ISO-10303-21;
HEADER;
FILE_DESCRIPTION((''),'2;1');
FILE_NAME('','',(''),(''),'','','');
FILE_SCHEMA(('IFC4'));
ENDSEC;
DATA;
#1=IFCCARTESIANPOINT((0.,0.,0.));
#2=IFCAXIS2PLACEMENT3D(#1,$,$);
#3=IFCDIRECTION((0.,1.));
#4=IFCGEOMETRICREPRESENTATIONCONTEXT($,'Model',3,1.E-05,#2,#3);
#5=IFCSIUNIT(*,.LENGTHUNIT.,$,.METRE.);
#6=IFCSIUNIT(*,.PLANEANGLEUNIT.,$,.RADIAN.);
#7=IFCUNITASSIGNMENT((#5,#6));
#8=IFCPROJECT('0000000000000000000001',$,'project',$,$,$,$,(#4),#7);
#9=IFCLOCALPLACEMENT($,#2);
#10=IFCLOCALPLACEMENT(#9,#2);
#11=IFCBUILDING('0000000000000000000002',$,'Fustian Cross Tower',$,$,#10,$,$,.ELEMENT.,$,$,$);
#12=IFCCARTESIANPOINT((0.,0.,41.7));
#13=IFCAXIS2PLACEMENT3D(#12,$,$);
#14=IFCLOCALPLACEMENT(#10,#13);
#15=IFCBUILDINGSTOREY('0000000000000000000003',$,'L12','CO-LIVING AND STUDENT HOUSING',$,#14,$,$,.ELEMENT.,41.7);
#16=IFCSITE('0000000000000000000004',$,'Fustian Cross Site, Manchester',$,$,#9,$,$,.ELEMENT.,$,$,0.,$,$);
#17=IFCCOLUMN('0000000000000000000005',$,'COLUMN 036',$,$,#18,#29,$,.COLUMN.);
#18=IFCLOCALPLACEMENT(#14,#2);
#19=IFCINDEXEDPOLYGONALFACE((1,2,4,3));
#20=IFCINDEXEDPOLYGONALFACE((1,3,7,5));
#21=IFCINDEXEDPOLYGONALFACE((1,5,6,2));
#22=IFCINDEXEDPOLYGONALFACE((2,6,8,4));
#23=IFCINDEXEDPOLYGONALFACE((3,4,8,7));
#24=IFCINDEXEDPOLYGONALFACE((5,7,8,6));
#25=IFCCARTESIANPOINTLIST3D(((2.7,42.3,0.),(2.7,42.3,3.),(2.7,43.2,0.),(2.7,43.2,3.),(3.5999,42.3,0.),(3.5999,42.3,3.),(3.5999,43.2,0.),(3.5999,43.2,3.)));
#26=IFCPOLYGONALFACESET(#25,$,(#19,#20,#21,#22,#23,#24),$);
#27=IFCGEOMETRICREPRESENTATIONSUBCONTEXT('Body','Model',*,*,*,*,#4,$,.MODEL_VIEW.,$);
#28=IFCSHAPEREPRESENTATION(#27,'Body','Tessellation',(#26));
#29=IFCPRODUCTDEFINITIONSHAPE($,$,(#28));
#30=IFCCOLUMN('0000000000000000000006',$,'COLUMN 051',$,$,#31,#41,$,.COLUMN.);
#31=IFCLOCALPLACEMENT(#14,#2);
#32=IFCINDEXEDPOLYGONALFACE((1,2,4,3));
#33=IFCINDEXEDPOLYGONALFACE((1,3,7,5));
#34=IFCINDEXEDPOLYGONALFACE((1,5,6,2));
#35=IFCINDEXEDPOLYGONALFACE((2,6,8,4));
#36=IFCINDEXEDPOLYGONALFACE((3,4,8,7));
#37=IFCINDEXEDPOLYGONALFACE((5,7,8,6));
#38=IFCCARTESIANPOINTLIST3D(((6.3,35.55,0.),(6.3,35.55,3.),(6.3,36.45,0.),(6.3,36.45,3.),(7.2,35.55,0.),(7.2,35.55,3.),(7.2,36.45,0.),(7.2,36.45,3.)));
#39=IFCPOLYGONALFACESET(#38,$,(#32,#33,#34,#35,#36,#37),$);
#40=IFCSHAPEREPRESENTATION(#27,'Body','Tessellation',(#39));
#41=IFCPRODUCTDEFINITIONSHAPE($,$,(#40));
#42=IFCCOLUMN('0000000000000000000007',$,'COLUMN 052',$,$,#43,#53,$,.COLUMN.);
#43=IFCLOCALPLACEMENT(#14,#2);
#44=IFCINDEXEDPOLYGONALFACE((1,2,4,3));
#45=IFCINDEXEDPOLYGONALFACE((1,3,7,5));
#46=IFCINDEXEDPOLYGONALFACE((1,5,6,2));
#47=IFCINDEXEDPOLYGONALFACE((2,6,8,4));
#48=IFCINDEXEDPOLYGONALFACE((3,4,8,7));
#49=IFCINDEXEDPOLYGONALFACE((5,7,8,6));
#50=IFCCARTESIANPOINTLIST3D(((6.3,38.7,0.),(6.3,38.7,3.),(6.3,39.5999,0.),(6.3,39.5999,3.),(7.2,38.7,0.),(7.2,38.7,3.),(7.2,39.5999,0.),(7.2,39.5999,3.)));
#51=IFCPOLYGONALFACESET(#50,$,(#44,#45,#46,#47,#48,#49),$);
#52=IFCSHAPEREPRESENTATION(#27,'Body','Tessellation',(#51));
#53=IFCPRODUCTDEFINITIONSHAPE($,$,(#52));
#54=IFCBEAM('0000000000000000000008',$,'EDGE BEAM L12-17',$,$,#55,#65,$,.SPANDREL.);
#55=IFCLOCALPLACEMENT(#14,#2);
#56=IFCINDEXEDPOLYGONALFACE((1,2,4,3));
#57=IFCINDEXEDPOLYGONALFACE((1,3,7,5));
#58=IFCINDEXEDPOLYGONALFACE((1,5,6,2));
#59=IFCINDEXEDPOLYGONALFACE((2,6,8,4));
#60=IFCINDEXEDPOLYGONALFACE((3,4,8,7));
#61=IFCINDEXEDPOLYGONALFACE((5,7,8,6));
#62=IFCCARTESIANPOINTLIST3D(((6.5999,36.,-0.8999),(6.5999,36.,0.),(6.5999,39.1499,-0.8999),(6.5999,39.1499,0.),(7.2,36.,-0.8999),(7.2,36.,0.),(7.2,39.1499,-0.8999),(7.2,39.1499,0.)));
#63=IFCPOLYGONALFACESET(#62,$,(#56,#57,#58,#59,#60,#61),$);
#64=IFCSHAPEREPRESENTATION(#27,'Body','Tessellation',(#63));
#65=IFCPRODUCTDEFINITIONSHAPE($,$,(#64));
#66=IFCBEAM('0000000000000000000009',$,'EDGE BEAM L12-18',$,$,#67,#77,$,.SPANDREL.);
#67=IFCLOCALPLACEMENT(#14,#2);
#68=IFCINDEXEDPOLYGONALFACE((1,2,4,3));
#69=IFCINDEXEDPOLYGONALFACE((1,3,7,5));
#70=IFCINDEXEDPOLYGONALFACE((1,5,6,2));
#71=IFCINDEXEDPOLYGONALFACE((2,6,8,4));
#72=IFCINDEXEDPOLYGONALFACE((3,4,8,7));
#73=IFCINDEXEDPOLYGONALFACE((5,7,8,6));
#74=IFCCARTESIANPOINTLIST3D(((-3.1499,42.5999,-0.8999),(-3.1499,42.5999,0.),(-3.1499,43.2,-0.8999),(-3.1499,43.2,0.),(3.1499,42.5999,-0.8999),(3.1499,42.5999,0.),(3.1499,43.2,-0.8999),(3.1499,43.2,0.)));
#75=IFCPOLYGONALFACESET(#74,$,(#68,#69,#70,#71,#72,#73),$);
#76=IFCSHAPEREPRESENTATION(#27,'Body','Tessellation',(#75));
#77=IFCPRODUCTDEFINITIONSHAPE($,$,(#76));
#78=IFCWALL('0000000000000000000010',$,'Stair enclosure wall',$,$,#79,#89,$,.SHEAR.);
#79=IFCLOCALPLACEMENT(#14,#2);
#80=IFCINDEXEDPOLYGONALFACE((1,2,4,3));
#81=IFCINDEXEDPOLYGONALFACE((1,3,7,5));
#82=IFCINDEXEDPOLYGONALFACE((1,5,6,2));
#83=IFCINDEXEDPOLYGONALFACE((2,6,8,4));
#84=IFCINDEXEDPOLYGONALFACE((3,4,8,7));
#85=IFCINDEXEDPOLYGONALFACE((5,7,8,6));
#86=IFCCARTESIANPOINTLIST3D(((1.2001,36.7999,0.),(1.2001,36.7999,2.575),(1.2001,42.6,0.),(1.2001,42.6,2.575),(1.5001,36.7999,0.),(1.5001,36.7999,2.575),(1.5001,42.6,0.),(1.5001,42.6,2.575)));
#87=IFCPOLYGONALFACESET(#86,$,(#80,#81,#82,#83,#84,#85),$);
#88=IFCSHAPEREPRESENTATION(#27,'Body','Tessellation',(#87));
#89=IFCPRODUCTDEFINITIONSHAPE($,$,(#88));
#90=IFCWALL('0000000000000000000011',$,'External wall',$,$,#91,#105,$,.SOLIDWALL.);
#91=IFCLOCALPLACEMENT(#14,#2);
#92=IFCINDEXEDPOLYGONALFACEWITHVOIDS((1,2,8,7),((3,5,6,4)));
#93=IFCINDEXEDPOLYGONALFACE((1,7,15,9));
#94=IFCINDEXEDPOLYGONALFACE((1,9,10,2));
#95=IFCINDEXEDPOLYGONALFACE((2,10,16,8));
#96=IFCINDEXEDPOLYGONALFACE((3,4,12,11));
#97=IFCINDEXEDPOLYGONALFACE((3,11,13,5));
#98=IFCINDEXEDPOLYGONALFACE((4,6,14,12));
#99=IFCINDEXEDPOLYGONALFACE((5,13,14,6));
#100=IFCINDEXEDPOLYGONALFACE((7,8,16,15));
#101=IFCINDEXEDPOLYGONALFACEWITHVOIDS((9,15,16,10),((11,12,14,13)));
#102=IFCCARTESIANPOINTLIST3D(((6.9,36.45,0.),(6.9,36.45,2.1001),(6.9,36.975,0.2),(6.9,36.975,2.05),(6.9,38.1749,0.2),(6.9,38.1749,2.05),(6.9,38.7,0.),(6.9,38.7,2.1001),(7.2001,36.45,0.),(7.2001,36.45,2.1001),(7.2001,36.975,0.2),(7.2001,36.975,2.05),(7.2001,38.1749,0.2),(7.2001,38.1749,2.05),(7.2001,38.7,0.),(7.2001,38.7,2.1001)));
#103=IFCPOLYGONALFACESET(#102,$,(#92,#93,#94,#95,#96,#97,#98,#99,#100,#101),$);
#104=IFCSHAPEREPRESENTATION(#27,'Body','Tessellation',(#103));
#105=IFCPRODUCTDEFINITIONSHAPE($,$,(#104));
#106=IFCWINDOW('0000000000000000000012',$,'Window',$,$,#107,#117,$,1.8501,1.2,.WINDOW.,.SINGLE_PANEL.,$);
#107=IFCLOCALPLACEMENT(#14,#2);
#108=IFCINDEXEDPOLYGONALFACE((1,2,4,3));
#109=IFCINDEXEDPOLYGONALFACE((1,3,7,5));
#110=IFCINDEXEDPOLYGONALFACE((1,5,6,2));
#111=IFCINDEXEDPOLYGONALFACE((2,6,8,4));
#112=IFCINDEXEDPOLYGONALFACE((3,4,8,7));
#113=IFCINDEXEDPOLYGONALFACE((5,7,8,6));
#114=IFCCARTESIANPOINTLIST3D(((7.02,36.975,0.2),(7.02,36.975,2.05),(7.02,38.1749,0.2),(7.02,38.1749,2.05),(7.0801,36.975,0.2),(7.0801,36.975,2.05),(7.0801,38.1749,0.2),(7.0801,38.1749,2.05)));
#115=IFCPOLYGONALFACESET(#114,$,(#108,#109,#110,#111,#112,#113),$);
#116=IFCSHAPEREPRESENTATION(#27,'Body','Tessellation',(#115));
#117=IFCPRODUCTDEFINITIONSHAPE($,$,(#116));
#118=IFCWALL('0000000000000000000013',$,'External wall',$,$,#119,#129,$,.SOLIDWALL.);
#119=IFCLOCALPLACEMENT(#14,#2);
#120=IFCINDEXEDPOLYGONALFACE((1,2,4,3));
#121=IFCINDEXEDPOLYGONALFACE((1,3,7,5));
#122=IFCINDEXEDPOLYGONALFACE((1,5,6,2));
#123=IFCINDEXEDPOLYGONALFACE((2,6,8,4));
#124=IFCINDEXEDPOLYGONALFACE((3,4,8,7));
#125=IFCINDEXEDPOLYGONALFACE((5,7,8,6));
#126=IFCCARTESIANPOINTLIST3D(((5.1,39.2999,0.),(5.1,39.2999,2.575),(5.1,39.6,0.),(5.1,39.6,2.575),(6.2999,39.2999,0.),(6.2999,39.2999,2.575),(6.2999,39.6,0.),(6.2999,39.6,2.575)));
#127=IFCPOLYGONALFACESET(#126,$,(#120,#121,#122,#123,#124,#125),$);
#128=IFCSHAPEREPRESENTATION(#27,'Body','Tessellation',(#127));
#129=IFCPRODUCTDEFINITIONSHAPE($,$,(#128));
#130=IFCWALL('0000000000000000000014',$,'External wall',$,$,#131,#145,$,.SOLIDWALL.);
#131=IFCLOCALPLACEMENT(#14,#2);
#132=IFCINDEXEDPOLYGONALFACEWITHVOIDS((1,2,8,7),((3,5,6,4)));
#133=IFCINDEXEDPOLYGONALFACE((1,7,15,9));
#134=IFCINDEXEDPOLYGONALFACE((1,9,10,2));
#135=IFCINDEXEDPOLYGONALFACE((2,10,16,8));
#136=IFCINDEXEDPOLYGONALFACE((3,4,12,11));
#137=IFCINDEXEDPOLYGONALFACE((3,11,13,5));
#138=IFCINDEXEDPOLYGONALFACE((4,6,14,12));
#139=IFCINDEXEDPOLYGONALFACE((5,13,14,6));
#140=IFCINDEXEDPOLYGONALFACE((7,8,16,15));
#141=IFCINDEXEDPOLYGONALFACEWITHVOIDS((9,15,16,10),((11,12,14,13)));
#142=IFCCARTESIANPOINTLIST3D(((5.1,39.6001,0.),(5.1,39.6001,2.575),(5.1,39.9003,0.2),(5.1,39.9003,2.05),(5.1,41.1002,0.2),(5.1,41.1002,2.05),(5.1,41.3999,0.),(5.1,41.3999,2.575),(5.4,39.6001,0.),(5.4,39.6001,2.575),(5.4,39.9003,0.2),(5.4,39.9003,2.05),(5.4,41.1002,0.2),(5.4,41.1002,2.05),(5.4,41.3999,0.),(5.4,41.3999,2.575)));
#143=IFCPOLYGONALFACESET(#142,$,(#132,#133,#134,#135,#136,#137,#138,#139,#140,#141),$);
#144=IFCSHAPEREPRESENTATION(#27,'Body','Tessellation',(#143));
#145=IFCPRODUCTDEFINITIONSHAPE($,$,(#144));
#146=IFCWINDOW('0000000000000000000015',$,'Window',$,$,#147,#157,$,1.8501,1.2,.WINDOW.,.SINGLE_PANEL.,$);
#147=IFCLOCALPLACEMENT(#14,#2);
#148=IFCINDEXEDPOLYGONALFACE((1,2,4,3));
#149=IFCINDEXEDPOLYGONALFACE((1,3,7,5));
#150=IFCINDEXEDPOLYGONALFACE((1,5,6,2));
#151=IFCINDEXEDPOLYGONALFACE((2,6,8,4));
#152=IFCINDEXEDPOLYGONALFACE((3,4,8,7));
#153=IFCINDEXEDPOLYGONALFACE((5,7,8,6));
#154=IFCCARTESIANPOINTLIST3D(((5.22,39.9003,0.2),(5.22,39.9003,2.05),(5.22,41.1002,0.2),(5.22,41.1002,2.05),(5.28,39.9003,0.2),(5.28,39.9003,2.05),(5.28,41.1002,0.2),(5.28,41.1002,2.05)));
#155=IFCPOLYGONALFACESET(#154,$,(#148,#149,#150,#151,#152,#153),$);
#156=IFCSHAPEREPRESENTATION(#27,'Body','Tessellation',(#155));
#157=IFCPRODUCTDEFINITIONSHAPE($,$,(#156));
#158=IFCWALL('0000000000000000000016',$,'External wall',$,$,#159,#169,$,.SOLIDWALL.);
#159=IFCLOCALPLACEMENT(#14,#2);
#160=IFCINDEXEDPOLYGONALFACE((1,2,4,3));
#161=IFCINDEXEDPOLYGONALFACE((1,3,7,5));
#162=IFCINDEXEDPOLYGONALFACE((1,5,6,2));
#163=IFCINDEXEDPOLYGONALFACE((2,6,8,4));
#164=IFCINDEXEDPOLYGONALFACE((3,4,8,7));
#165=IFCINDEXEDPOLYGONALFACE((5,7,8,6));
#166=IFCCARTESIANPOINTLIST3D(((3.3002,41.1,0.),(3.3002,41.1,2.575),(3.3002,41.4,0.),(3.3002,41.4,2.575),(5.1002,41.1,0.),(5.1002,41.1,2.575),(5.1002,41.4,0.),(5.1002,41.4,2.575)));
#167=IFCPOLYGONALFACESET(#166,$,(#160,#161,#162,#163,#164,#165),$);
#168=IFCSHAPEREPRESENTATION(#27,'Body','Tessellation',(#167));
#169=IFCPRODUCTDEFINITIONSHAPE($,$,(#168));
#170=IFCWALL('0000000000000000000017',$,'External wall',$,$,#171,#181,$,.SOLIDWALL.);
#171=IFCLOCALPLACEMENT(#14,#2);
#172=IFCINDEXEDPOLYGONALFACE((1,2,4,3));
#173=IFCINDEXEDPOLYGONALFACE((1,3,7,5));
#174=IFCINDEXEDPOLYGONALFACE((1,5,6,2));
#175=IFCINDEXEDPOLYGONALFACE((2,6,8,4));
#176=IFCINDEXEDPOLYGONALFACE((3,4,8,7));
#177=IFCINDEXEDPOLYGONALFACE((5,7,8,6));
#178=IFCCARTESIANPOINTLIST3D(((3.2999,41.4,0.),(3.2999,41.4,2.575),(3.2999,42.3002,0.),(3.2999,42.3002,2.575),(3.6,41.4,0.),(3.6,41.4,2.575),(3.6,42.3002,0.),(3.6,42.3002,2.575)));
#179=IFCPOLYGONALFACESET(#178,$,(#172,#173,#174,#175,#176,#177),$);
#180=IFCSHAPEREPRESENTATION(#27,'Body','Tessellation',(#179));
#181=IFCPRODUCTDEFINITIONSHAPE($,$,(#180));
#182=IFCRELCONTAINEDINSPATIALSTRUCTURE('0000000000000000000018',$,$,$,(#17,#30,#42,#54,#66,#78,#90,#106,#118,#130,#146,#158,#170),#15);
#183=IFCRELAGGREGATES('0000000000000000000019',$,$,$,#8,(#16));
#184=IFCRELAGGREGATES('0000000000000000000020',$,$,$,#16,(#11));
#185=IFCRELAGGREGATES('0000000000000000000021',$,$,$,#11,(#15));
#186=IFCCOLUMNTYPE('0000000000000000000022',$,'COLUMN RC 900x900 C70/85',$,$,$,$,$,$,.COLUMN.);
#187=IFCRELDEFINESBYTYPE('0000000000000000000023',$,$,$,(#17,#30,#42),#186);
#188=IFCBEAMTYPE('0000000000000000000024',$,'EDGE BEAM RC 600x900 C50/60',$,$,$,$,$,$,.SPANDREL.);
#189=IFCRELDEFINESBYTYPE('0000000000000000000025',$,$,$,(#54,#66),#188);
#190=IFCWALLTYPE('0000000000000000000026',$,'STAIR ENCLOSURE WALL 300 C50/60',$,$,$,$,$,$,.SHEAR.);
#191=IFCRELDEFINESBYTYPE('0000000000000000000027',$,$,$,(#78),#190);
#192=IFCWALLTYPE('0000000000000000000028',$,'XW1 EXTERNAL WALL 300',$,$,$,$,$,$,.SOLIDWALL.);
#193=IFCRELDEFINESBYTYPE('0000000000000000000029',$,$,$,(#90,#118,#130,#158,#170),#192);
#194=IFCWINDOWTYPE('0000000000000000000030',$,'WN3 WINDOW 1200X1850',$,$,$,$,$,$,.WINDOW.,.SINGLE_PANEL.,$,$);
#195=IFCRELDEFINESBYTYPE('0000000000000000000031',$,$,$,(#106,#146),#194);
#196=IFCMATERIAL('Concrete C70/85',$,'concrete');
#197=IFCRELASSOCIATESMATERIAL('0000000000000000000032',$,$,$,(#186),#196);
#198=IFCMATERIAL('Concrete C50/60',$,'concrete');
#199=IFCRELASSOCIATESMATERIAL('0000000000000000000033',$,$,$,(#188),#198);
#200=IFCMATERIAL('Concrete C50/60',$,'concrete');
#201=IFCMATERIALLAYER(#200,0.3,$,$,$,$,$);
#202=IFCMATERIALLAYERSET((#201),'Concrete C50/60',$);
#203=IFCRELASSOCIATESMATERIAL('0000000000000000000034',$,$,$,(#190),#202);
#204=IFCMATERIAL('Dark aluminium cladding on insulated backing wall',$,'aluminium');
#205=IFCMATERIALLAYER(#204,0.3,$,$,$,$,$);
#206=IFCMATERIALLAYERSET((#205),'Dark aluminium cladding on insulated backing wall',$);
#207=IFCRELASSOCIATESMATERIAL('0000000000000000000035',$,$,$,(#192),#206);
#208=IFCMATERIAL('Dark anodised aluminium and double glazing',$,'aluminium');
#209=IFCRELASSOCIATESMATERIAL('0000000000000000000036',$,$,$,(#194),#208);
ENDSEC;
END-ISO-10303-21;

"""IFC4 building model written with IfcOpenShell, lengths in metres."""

from ifc_helpers import new_model, si_unit, direction, frame, frame_2d, origin, origin_2d, place, context, subcontext, project, spatial, rectangle, extrude, material, layer, layer_set, material_profile, profile_set, type_object, element, fill, save


model = new_model("IFC4")

# Units and contexts
model_context = context("Model", 3, precision=1e-05, world=origin(), true_north=direction((0.0, 1.0)))
body_context = subcontext(model_context, "Body", "Model", "MODEL_VIEW")
ifc_project = project(units=[si_unit("LENGTHUNIT", "METRE"), si_unit("PLANEANGLEUNIT", "RADIAN")], contexts=[model_context])

# Site, building, storey
site_placement = place(None, origin())
site = spatial("IfcSite", under=ifc_project, at=site_placement, Name="Fustian Cross Site, Manchester", CompositionType="ELEMENT", RefElevation=0.0)
building_placement = place(site_placement, origin())
building = spatial("IfcBuilding", under=site, at=building_placement, Name="Fustian Cross Tower", CompositionType="ELEMENT")
storey_placement = place(building_placement, frame((0.0, 0.0, 41.7)))
storey = spatial("IfcBuildingStorey", under=building, at=storey_placement, Name="L12", Description="CO-LIVING AND STUDENT HOUSING", CompositionType="ELEMENT", Elevation=41.7)

# Columns
ifc_material_1 = material(Name="Concrete C70/85", Category="concrete")
ifc_material_profile_1 = material_profile(ifc_material_1, rectangle(XDim=0.8999, YDim=0.8999, at=origin_2d()), Name="RC 900x900")
ifc_profile_set_1 = profile_set([ifc_material_profile_1], Name="Concrete C70/85")
column_type = type_object("IfcColumnType", Name="COLUMN RC 900x900 C70/85", PredefinedType="COLUMN", material=ifc_profile_set_1)
for number, where, z_axis, x_axis, name in (
    (1, (3.1499, 42.75, 0.0), (0.0, 0.0, 1.0), (1.0, 0.0, 0.0), "COLUMN 036"),
    (2, (6.75, 36.0, 0.0), (0.0, 0.0, 1.0), (1.0, 0.0, 0.0), "COLUMN 051"),
    (3, (6.75, 39.1499, 0.0), (0.0, 0.0, 1.0), (1.0, 0.0, 0.0), "COLUMN 052"),
):
    element("IfcColumn", number, at=place(storey_placement, frame(where, z_axis=z_axis, x_axis=x_axis)), inside=storey, type_object=column_type, Name=name, PredefinedType="COLUMN", context=body_context, shape_type="SweptSolid", body=[
        extrude(rectangle(XDim=0.8999, YDim=0.8999, at=origin_2d()), origin(), (0.0, 0.0, 1.0), 3.0),
    ])

# Beams
ifc_material_2 = material(Name="Concrete C50/60", Category="concrete")
ifc_material_profile_2 = material_profile(ifc_material_2, rectangle(XDim=0.6001, YDim=0.8999, at=origin_2d()), Name="RC 600x900")
ifc_profile_set_2 = profile_set([ifc_material_profile_2], Name="Concrete C50/60")
beam_type = type_object("IfcBeamType", Name="EDGE BEAM RC 600x900 C50/60", PredefinedType="SPANDREL", material=ifc_profile_set_2)
beam_1_placement = place(storey_placement, frame((6.8999, 36.0, -0.45), z_axis=(0.0, 1.0, 0.0), x_axis=(-1.0, 0.0, 0.0)))
element("IfcBeam", 4, at=beam_1_placement, inside=storey, type_object=beam_type, Name="EDGE BEAM L12-17", PredefinedType="SPANDREL", context=body_context, shape_type="SweptSolid", body=[
    extrude(rectangle(XDim=0.6001, YDim=0.8999, at=origin_2d()), origin(), (0.0, 0.0, 1.0), 3.1499),
])
beam_2_placement = place(storey_placement, frame((3.1499, 42.8999, -0.45), z_axis=(-1.0, 0.0, 0.0), x_axis=(0.0, -1.0, 0.0)))
element("IfcBeam", 5, at=beam_2_placement, inside=storey, type_object=beam_type, Name="EDGE BEAM L12-18", PredefinedType="SPANDREL", context=body_context, shape_type="SweptSolid", body=[
    extrude(rectangle(XDim=0.6001, YDim=0.8999, at=origin_2d()), origin(), (0.0, 0.0, 1.0), 6.2998),
])

# Wall
ifc_material_3 = material(Name="Concrete C50/60", Category="concrete")
ifc_layer_1 = layer(ifc_material_3, 0.3)
ifc_layer_set_1 = layer_set([ifc_layer_1], Name="Concrete C50/60")
wall_type_1 = type_object("IfcWallType", Name="STAIR ENCLOSURE WALL 300 C50/60", PredefinedType="SHEAR", material=ifc_layer_set_1)
wall_1_placement = place(storey_placement, frame((1.3501, 36.8, 0.0), z_axis=(0.0, 0.0, 1.0), x_axis=(0.0, 1.0, 0.0)))
element("IfcWall", 6, at=wall_1_placement, inside=storey, type_object=wall_type_1, Name="Stair enclosure wall", PredefinedType="SHEAR", context=body_context, shape_type="SweptSolid", body=[
    extrude(rectangle(XDim=5.8, YDim=0.3, at=frame_2d((2.8999, 0.0))), origin(), (0.0, 0.0, 1.0), 2.575),
])

# Wall, opening, window
ifc_material_4 = material(Name="Dark aluminium cladding on insulated backing wall", Category="aluminium")
ifc_layer_2 = layer(ifc_material_4, 0.3)
ifc_layer_set_2 = layer_set([ifc_layer_2], Name="Dark aluminium cladding on insulated backing wall")
wall_type_2 = type_object("IfcWallType", Name="XW1 EXTERNAL WALL 300", PredefinedType="SOLIDWALL", material=ifc_layer_set_2)
wall_2_placement = place(storey_placement, frame((7.05, 36.45, 0.0), z_axis=(0.0, 0.0, 1.0), x_axis=(0.0, 1.0, 0.0)))
wall_2 = element("IfcWall", 7, at=wall_2_placement, inside=storey, type_object=wall_type_2, Name="External wall", PredefinedType="SOLIDWALL", context=body_context, shape_type="SweptSolid", body=[
    extrude(rectangle(XDim=2.25, YDim=0.3, at=frame_2d((1.125, 0.0))), origin(), (0.0, 0.0, 1.0), 2.1001),
])
opening_1_placement = place(wall_2_placement, frame((0.5249, 0.0, 0.2)))
opening_1 = element("IfcOpeningElement", 8, at=opening_1_placement, cuts=wall_2, PredefinedType="OPENING", context=body_context, shape_type="SweptSolid", body=[
    extrude(rectangle(XDim=1.2, YDim=1.8501, at=frame_2d((0.6001, 0.925))), frame((0.0, 0.1599, 0.0), z_axis=(0.0, -1.0, 0.0), x_axis=(1.0, 0.0, 0.0)), (0.0, 0.0, 1.0), 0.3201),
])
ifc_material_5 = material(Name="Dark anodised aluminium and double glazing", Category="aluminium")
window_type_1 = type_object("IfcWindowType", Name="WN3 WINDOW 1200X1850", PartitioningType="SINGLE_PANEL", PredefinedType="WINDOW", material=ifc_material_5)
window_1_placement = place(opening_1_placement, origin())
window_1 = element("IfcWindow", 9, at=window_1_placement, inside=storey, type_object=window_type_1, Name="Window", OverallHeight=1.8501, OverallWidth=1.2, PartitioningType="SINGLE_PANEL", PredefinedType="WINDOW", context=body_context, shape_type="SweptSolid", body=[
    extrude(rectangle(XDim=1.2, YDim=1.8501, at=frame_2d((0.6001, 0.925))), frame((0.0, 0.03, 0.0), z_axis=(0.0, -1.0, 0.0), x_axis=(1.0, 0.0, 0.0)), (0.0, 0.0, 1.0), 0.0601),
])
fill(opening_1, window_1)

# Wall
wall_3_placement = place(storey_placement, frame((6.3, 39.45, 0.0), z_axis=(0.0, 0.0, 1.0), x_axis=(-1.0, 0.0, 0.0)))
element("IfcWall", 10, at=wall_3_placement, inside=storey, type_object=wall_type_2, Name="External wall", PredefinedType="SOLIDWALL", context=body_context, shape_type="SweptSolid", body=[
    extrude(rectangle(XDim=1.2, YDim=0.3, at=frame_2d((0.6001, 0.0))), origin(), (0.0, 0.0, 1.0), 2.575),
])

# Wall, opening, window
wall_4_placement = place(storey_placement, frame((5.25, 39.6001, 0.0), z_axis=(0.0, 0.0, 1.0), x_axis=(0.0, 1.0, 0.0)))
wall_4 = element("IfcWall", 11, at=wall_4_placement, inside=storey, type_object=wall_type_2, Name="External wall", PredefinedType="SOLIDWALL", context=body_context, shape_type="SweptSolid", body=[
    extrude(rectangle(XDim=1.7998, YDim=0.3, at=frame_2d((0.8999, 0.0))), origin(), (0.0, 0.0, 1.0), 2.575),
])
opening_2_placement = place(wall_4_placement, frame((0.3, 0.0, 0.2)))
opening_2 = element("IfcOpeningElement", 12, at=opening_2_placement, cuts=wall_4, PredefinedType="OPENING", context=body_context, shape_type="SweptSolid", body=[
    extrude(rectangle(XDim=1.2, YDim=1.8501, at=frame_2d((0.6001, 0.925))), frame((0.0, 0.1599, 0.0), z_axis=(0.0, -1.0, 0.0), x_axis=(1.0, 0.0, 0.0)), (0.0, 0.0, 1.0), 0.3201),
])
window_2_placement = place(opening_2_placement, origin())
window_2 = element("IfcWindow", 13, at=window_2_placement, inside=storey, type_object=window_type_1, Name="Window", OverallHeight=1.8501, OverallWidth=1.2, PartitioningType="SINGLE_PANEL", PredefinedType="WINDOW", context=body_context, shape_type="SweptSolid", body=[
    extrude(rectangle(XDim=1.2, YDim=1.8501, at=frame_2d((0.6001, 0.925))), frame((0.0, 0.03, 0.0), z_axis=(0.0, -1.0, 0.0), x_axis=(1.0, 0.0, 0.0)), (0.0, 0.0, 1.0), 0.0601),
])
fill(opening_2, window_2)

# Walls
wall_5_placement = place(storey_placement, frame((5.1001, 41.25, 0.0), z_axis=(0.0, 0.0, 1.0), x_axis=(-1.0, 0.0, 0.0)))
element("IfcWall", 14, at=wall_5_placement, inside=storey, type_object=wall_type_2, Name="External wall", PredefinedType="SOLIDWALL", context=body_context, shape_type="SweptSolid", body=[
    extrude(rectangle(XDim=1.8, YDim=0.3, at=frame_2d((0.8999, 0.0))), origin(), (0.0, 0.0, 1.0), 2.575),
])
wall_6_placement = place(storey_placement, frame((3.45, 41.3999, 0.0), z_axis=(0.0, 0.0, 1.0), x_axis=(0.0, 1.0, 0.0)))
element("IfcWall", 15, at=wall_6_placement, inside=storey, type_object=wall_type_2, Name="External wall", PredefinedType="SOLIDWALL", context=body_context, shape_type="SweptSolid", body=[
    extrude(rectangle(XDim=0.9001, YDim=0.3, at=frame_2d((0.4502, 0.0))), origin(), (0.0, 0.0, 1.0), 2.575),
])

save(model, "model.ifc")
